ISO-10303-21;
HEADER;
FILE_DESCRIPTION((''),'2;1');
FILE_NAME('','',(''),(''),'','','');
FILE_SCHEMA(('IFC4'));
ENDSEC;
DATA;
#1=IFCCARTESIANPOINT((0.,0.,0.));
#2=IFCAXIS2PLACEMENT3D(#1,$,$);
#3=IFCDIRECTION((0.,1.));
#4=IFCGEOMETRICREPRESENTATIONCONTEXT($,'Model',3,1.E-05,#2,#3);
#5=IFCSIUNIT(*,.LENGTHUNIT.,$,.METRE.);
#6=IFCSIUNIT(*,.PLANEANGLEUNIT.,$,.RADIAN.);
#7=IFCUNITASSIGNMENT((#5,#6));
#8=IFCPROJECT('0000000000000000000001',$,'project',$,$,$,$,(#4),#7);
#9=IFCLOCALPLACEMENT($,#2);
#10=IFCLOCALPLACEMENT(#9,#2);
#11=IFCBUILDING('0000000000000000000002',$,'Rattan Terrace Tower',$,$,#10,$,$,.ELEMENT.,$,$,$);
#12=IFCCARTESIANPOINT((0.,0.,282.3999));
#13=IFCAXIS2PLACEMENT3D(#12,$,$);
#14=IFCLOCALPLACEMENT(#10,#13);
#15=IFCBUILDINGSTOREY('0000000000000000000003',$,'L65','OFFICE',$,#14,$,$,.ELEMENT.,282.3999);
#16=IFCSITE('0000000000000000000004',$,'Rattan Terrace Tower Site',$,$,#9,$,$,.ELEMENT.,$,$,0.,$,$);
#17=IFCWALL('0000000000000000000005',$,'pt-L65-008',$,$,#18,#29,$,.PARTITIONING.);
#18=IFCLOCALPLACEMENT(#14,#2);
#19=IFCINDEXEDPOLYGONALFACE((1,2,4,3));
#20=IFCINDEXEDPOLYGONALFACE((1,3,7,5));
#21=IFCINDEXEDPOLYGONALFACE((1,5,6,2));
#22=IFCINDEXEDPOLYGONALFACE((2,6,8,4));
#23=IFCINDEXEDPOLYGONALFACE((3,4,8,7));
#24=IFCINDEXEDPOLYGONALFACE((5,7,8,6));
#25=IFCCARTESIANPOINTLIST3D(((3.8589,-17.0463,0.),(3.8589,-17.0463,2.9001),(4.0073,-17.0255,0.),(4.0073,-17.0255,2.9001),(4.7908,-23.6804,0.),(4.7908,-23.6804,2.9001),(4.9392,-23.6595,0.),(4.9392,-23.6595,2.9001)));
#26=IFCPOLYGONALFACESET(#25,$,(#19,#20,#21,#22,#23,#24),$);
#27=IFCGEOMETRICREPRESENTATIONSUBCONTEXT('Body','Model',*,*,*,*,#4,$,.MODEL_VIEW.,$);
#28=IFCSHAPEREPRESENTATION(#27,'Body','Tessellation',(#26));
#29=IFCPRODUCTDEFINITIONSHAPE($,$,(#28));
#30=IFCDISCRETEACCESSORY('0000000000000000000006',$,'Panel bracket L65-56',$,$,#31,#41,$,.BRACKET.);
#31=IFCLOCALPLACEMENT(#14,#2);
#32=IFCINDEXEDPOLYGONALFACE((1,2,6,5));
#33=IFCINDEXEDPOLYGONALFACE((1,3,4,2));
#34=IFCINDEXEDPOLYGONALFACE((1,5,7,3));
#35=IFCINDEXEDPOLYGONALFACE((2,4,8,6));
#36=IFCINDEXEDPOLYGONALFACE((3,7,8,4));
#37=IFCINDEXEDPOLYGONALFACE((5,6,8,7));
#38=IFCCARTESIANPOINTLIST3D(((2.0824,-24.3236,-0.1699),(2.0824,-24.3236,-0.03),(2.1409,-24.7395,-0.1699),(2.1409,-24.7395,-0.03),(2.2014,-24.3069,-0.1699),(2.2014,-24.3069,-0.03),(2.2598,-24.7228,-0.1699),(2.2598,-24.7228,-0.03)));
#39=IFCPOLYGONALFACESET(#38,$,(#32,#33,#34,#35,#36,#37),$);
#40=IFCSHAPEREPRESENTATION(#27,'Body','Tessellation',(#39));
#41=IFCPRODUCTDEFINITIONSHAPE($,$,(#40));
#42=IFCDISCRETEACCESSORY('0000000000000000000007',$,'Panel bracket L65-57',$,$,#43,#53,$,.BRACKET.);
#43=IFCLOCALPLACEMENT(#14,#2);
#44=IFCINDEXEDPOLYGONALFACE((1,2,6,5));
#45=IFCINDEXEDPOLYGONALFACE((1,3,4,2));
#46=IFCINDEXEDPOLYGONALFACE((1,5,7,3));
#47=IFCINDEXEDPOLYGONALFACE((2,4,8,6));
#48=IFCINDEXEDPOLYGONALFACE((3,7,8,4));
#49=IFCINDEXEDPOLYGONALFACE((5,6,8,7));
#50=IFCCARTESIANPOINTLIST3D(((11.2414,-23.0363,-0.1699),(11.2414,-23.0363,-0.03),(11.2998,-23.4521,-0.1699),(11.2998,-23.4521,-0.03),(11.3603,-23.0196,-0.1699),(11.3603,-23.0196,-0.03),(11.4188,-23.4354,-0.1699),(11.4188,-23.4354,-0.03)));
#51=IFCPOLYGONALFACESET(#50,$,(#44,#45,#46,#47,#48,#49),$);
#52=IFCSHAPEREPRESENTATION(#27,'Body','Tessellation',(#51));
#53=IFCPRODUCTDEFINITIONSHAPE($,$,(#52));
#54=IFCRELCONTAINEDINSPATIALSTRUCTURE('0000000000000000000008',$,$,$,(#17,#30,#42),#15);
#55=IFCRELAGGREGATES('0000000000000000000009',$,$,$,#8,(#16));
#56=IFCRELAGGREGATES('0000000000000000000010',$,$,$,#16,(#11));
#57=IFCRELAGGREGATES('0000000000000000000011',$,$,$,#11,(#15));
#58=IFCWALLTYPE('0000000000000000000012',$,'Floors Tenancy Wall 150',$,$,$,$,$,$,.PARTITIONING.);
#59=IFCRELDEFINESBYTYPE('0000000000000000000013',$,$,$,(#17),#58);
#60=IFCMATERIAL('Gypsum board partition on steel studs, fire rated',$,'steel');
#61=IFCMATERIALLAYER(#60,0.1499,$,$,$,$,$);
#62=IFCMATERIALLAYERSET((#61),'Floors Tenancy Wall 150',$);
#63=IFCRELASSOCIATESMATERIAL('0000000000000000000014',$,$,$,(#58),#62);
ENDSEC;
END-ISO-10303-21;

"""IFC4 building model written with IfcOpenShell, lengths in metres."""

from ifc_helpers import new_model, si_unit, direction, frame, frame_2d, origin, origin_2d, place, context, subcontext, project, spatial, rectangle, extrude, material, layer, layer_set, type_object, element, save


model = new_model("IFC4")

# Units and contexts
model_context = context("Model", 3, precision=1e-05, world=origin(), true_north=direction((0.0, 1.0)))
body_context = subcontext(model_context, "Body", "Model", "MODEL_VIEW")
ifc_project = project(units=[si_unit("LENGTHUNIT", "METRE"), si_unit("PLANEANGLEUNIT", "RADIAN")], contexts=[model_context])

# Site, building, storey
site_placement = place(None, origin())
site = spatial("IfcSite", under=ifc_project, at=site_placement, Name="Rattan Terrace Tower Site", CompositionType="ELEMENT", RefElevation=0.0)
building_placement = place(site_placement, origin())
building = spatial("IfcBuilding", under=site, at=building_placement, Name="Rattan Terrace Tower", CompositionType="ELEMENT")
storey_placement = place(building_placement, frame((0.0, 0.0, 282.3999)))
storey = spatial("IfcBuildingStorey", under=building, at=storey_placement, Name="L65", Description="OFFICE", CompositionType="ELEMENT", Elevation=282.3999)

# Shared definitions
ifc_material_1 = material(Name="Gypsum board partition on steel studs, fire rated", Category="steel")
ifc_layer_1 = layer(ifc_material_1, 0.1499)
ifc_layer_set_1 = layer_set([ifc_layer_1], Name="Floors Tenancy Wall 150")
wall_type_1 = type_object("IfcWallType", Name="Floors Tenancy Wall 150", PredefinedType="PARTITIONING", material=ifc_layer_set_1)

# Wall
wall_1_placement = place(storey_placement, frame((3.9331, -17.0359, 0.0), z_axis=(0.0, 0.0, 1.0), x_axis=(0.139105, -0.990278, 0.0)))
element("IfcWall", 1, at=wall_1_placement, inside=storey, type_object=wall_type_1, Name="pt-L65-008", PredefinedType="PARTITIONING", context=body_context, shape_type="SweptSolid", body=[
    extrude(rectangle(XDim=6.6992, YDim=0.1499, at=frame_2d((3.3496, 0.0))), origin(), (0.0, 0.0, 1.0), 2.9001),
])

# Discrete accessories
for number, where, z_axis, x_axis, name in (
    (2, (2.1711, -24.5232, -0.1699), (0.0, 0.0, 1.0), (0.990266, 0.139189, 0.0), "Panel bracket L65-56"),
    (3, (11.3301, -23.2358, -0.1699), (0.0, 0.0, 1.0), (0.990266, 0.139189, 0.0), "Panel bracket L65-57"),
):
    element("IfcDiscreteAccessory", number, at=place(storey_placement, frame(where, z_axis=z_axis, x_axis=x_axis)), inside=storey, Name=name, PredefinedType="BRACKET", context=body_context, shape_type="SweptSolid", body=[
        extrude(rectangle(XDim=0.1201, YDim=0.4199, at=origin_2d()), origin(), (0.0, 0.0, 1.0), 0.1399),
    ])

save(model, "model.ifc")
